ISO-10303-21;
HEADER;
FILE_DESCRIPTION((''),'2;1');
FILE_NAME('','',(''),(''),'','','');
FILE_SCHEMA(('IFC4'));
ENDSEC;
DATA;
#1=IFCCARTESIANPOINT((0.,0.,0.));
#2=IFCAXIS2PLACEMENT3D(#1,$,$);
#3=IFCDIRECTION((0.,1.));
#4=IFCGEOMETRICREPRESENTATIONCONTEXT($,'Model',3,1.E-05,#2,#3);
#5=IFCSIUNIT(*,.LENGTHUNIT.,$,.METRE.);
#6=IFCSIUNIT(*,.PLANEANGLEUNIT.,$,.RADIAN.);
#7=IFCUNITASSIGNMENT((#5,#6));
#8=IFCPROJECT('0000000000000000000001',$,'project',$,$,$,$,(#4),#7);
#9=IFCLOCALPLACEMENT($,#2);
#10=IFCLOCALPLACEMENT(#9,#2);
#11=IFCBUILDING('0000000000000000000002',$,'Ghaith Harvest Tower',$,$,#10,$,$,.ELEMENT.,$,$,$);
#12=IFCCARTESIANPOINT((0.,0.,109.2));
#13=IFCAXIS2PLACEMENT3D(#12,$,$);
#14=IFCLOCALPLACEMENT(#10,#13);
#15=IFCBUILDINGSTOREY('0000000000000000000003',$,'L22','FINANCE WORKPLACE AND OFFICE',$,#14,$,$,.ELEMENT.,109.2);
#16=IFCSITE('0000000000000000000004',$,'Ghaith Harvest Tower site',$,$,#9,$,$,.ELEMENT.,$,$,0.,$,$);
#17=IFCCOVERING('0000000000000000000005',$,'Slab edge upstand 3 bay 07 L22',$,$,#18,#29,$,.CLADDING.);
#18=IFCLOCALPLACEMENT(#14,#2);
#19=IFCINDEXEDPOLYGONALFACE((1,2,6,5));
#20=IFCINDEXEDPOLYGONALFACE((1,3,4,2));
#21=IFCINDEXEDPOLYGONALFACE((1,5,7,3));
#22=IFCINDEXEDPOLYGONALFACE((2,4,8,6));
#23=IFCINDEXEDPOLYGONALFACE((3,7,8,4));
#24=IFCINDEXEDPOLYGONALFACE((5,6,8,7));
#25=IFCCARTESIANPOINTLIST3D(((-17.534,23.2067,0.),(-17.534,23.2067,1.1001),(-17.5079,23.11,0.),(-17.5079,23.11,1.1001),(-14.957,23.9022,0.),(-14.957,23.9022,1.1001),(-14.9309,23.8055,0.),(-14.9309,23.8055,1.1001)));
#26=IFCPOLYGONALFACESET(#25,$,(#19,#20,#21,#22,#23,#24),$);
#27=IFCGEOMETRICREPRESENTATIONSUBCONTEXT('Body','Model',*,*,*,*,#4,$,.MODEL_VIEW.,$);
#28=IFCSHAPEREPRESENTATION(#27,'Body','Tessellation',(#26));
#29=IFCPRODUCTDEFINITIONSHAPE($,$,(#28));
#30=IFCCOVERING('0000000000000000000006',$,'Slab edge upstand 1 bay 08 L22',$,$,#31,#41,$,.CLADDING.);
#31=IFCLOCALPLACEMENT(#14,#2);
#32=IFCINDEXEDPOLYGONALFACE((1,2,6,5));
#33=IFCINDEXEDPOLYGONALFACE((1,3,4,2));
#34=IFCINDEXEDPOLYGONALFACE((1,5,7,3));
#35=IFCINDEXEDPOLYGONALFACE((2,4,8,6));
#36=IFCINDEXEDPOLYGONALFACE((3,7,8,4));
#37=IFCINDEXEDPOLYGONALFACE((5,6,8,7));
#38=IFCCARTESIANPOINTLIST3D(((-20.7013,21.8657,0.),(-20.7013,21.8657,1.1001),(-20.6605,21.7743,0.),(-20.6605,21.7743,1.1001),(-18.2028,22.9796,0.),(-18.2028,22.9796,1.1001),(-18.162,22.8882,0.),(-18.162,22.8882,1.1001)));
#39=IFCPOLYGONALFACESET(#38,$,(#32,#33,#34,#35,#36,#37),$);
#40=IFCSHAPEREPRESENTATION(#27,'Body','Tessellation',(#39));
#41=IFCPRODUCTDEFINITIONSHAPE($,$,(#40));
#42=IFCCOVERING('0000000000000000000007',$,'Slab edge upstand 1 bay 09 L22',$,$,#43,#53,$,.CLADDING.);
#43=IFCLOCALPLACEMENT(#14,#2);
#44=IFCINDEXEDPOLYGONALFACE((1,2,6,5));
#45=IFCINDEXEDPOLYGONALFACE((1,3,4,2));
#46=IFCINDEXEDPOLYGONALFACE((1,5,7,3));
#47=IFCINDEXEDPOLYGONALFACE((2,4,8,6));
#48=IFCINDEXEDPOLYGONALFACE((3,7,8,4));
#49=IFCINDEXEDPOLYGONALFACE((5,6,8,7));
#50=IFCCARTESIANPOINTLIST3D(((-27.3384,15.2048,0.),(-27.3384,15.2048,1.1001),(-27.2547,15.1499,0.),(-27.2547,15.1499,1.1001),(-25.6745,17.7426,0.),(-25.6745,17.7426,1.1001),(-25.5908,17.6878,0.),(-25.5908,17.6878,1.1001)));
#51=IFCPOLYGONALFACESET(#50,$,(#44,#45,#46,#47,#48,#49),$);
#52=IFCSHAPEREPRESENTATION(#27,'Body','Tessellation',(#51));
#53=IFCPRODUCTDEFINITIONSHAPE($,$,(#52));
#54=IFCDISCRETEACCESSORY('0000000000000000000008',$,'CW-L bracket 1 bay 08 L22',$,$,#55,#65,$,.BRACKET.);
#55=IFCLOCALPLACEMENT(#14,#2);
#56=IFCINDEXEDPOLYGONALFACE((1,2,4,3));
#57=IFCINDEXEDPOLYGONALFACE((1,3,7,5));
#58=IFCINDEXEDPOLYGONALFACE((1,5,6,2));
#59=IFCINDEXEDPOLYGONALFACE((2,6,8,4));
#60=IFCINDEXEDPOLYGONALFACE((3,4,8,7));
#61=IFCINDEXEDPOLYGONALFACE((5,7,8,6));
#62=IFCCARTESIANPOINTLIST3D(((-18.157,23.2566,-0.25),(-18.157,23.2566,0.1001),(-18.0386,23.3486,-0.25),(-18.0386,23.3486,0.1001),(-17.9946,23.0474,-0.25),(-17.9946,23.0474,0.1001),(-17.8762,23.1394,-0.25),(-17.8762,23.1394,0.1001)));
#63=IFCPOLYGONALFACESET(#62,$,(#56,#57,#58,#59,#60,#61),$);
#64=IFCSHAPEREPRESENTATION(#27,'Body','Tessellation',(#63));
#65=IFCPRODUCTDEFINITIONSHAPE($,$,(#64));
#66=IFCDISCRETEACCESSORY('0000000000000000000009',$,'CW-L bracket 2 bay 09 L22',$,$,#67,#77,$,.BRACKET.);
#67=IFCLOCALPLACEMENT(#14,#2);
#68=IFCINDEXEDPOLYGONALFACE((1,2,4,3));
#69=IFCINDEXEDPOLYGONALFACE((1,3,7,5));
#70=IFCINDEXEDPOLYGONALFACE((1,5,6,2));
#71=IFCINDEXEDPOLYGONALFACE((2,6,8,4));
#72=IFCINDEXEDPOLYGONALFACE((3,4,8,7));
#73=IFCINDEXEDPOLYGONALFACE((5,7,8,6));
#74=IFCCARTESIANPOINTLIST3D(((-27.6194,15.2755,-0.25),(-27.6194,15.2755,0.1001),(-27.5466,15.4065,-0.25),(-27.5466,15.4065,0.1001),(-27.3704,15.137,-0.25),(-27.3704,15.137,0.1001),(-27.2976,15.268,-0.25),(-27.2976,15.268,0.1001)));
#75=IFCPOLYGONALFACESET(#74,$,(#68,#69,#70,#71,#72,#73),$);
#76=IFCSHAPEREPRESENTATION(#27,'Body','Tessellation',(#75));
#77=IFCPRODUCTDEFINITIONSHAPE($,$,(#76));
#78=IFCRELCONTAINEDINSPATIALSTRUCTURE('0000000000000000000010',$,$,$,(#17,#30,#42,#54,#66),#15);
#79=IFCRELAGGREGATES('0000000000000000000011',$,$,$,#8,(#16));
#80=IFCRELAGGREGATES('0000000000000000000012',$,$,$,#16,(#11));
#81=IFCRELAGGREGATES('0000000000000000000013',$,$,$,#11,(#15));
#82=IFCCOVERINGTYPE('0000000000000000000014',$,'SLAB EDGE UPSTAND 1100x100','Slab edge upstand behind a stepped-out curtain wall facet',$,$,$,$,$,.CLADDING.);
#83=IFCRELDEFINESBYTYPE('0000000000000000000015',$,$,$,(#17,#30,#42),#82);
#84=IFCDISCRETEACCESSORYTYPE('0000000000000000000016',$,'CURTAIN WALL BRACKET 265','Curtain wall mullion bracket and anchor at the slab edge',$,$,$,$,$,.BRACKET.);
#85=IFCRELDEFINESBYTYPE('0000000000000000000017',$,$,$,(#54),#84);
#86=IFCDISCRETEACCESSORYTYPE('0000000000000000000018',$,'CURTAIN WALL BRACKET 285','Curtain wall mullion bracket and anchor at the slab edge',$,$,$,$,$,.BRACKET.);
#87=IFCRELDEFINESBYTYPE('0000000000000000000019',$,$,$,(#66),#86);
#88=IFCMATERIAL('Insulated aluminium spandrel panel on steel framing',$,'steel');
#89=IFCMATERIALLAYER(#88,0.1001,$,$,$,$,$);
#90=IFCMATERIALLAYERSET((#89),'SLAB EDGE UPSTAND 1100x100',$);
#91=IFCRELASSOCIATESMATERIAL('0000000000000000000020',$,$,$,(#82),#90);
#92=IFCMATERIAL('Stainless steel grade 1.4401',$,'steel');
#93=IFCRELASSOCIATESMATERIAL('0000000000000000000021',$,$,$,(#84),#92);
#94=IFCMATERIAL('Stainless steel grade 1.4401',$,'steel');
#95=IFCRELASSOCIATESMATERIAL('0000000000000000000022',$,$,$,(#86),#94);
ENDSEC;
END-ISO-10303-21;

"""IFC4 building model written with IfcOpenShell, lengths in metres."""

from ifc_helpers import new_model, si_unit, direction, frame, origin, origin_2d, place, context, subcontext, project, spatial, rectangle, extrude, material, layer, layer_set, type_object, element, save


model = new_model("IFC4")

# Units and contexts
model_context = context("Model", 3, precision=1e-05, world=origin(), true_north=direction((0.0, 1.0)))
body_context = subcontext(model_context, "Body", "Model", "MODEL_VIEW")
ifc_project = project(units=[si_unit("LENGTHUNIT", "METRE"), si_unit("PLANEANGLEUNIT", "RADIAN")], contexts=[model_context])

# Site, building, storey
site_placement = place(None, origin())
site = spatial("IfcSite", under=ifc_project, at=site_placement, Name="Ghaith Harvest Tower site", CompositionType="ELEMENT", RefElevation=0.0)
building_placement = place(site_placement, origin())
building = spatial("IfcBuilding", under=site, at=building_placement, Name="Ghaith Harvest Tower", CompositionType="ELEMENT")
storey_placement = place(building_placement, frame((0.0, 0.0, 109.2)))
storey = spatial("IfcBuildingStorey", under=building, at=storey_placement, Name="L22", Description="FINANCE WORKPLACE AND OFFICE", CompositionType="ELEMENT", Elevation=109.2)

# Coverings
ifc_material_1 = material(Name="Insulated aluminium spandrel panel on steel framing", Category="steel")
ifc_layer_1 = layer(ifc_material_1, 0.1001)
ifc_layer_set_1 = layer_set([ifc_layer_1], Name="SLAB EDGE UPSTAND 1100x100")
covering_type = type_object("IfcCoveringType", Name="SLAB EDGE UPSTAND 1100x100", Description="Slab edge upstand behind a stepped-out curtain wall facet", PredefinedType="CLADDING", material=ifc_layer_set_1)
covering_1_placement = place(storey_placement, frame((-16.2324, 23.5061, 0.0), z_axis=(0.0, 0.0, 1.0), x_axis=(-0.965455, -0.26057, 0.0)))
element("IfcCovering", 1, at=covering_1_placement, inside=storey, type_object=covering_type, Name="Slab edge upstand 3 bay 07 L22", PredefinedType="CLADDING", context=body_context, shape_type="SweptSolid", body=[
    extrude(rectangle(XDim=2.6692, YDim=0.1001, at=origin_2d()), origin(), (0.0, 0.0, 1.0), 1.1001),
])
covering_2_placement = place(storey_placement, frame((-19.4316, 22.377, 0.0), z_axis=(0.0, 0.0, 1.0), x_axis=(-0.913335, -0.40721, 0.0)))
element("IfcCovering", 2, at=covering_2_placement, inside=storey, type_object=covering_type, Name="Slab edge upstand 1 bay 08 L22", PredefinedType="CLADDING", context=body_context, shape_type="SweptSolid", body=[
    extrude(rectangle(XDim=2.7356, YDim=0.1001, at=origin_2d()), origin(), (0.0, 0.0, 1.0), 1.1001),
])
covering_3_placement = place(storey_placement, frame((-26.4646, 16.4463, 0.0), z_axis=(0.0, 0.0, 1.0), x_axis=(-0.548312, -0.836274, 0.0)))
element("IfcCovering", 3, at=covering_3_placement, inside=storey, type_object=covering_type, Name="Slab edge upstand 1 bay 09 L22", PredefinedType="CLADDING", context=body_context, shape_type="SweptSolid", body=[
    extrude(rectangle(XDim=3.0347, YDim=0.1001, at=origin_2d()), origin(), (0.0, 0.0, 1.0), 1.1001),
])

# Discrete accessories
ifc_material_2 = material(Name="Stainless steel grade 1.4401", Category="steel")
discrete_accessory_type_1 = type_object("IfcDiscreteAccessoryType", Name="CURTAIN WALL BRACKET 265", Description="Curtain wall mullion bracket and anchor at the slab edge", PredefinedType="BRACKET", material=ifc_material_2)
discrete_accessory_1_placement = place(storey_placement, frame((-18.0166, 23.198, -0.25), z_axis=(0.0, 0.0, 1.0), x_axis=(-0.613378, 0.78979, 0.0)))
element("IfcDiscreteAccessory", 4, at=discrete_accessory_1_placement, inside=storey, type_object=discrete_accessory_type_1, Name="CW-L bracket 1 bay 08 L22", PredefinedType="BRACKET", context=body_context, shape_type="SweptSolid", body=[
    extrude(rectangle(XDim=0.2649, YDim=0.1499, at=origin_2d()), origin(), (0.0, 0.0, 1.0), 0.3501),
])
ifc_material_3 = material(Name="Stainless steel grade 1.4401", Category="steel")
discrete_accessory_type_2 = type_object("IfcDiscreteAccessoryType", Name="CURTAIN WALL BRACKET 285", Description="Curtain wall mullion bracket and anchor at the slab edge", PredefinedType="BRACKET", material=ifc_material_3)
discrete_accessory_2_placement = place(storey_placement, frame((-27.4585, 15.2717, -0.25), z_axis=(0.0, 0.0, 1.0), x_axis=(-0.873927, 0.486057, 0.0)))
element("IfcDiscreteAccessory", 5, at=discrete_accessory_2_placement, inside=storey, type_object=discrete_accessory_type_2, Name="CW-L bracket 2 bay 09 L22", PredefinedType="BRACKET", context=body_context, shape_type="SweptSolid", body=[
    extrude(rectangle(XDim=0.2849, YDim=0.1499, at=origin_2d()), origin(), (0.0, 0.0, 1.0), 0.3501),
])

save(model, "model.ifc")
